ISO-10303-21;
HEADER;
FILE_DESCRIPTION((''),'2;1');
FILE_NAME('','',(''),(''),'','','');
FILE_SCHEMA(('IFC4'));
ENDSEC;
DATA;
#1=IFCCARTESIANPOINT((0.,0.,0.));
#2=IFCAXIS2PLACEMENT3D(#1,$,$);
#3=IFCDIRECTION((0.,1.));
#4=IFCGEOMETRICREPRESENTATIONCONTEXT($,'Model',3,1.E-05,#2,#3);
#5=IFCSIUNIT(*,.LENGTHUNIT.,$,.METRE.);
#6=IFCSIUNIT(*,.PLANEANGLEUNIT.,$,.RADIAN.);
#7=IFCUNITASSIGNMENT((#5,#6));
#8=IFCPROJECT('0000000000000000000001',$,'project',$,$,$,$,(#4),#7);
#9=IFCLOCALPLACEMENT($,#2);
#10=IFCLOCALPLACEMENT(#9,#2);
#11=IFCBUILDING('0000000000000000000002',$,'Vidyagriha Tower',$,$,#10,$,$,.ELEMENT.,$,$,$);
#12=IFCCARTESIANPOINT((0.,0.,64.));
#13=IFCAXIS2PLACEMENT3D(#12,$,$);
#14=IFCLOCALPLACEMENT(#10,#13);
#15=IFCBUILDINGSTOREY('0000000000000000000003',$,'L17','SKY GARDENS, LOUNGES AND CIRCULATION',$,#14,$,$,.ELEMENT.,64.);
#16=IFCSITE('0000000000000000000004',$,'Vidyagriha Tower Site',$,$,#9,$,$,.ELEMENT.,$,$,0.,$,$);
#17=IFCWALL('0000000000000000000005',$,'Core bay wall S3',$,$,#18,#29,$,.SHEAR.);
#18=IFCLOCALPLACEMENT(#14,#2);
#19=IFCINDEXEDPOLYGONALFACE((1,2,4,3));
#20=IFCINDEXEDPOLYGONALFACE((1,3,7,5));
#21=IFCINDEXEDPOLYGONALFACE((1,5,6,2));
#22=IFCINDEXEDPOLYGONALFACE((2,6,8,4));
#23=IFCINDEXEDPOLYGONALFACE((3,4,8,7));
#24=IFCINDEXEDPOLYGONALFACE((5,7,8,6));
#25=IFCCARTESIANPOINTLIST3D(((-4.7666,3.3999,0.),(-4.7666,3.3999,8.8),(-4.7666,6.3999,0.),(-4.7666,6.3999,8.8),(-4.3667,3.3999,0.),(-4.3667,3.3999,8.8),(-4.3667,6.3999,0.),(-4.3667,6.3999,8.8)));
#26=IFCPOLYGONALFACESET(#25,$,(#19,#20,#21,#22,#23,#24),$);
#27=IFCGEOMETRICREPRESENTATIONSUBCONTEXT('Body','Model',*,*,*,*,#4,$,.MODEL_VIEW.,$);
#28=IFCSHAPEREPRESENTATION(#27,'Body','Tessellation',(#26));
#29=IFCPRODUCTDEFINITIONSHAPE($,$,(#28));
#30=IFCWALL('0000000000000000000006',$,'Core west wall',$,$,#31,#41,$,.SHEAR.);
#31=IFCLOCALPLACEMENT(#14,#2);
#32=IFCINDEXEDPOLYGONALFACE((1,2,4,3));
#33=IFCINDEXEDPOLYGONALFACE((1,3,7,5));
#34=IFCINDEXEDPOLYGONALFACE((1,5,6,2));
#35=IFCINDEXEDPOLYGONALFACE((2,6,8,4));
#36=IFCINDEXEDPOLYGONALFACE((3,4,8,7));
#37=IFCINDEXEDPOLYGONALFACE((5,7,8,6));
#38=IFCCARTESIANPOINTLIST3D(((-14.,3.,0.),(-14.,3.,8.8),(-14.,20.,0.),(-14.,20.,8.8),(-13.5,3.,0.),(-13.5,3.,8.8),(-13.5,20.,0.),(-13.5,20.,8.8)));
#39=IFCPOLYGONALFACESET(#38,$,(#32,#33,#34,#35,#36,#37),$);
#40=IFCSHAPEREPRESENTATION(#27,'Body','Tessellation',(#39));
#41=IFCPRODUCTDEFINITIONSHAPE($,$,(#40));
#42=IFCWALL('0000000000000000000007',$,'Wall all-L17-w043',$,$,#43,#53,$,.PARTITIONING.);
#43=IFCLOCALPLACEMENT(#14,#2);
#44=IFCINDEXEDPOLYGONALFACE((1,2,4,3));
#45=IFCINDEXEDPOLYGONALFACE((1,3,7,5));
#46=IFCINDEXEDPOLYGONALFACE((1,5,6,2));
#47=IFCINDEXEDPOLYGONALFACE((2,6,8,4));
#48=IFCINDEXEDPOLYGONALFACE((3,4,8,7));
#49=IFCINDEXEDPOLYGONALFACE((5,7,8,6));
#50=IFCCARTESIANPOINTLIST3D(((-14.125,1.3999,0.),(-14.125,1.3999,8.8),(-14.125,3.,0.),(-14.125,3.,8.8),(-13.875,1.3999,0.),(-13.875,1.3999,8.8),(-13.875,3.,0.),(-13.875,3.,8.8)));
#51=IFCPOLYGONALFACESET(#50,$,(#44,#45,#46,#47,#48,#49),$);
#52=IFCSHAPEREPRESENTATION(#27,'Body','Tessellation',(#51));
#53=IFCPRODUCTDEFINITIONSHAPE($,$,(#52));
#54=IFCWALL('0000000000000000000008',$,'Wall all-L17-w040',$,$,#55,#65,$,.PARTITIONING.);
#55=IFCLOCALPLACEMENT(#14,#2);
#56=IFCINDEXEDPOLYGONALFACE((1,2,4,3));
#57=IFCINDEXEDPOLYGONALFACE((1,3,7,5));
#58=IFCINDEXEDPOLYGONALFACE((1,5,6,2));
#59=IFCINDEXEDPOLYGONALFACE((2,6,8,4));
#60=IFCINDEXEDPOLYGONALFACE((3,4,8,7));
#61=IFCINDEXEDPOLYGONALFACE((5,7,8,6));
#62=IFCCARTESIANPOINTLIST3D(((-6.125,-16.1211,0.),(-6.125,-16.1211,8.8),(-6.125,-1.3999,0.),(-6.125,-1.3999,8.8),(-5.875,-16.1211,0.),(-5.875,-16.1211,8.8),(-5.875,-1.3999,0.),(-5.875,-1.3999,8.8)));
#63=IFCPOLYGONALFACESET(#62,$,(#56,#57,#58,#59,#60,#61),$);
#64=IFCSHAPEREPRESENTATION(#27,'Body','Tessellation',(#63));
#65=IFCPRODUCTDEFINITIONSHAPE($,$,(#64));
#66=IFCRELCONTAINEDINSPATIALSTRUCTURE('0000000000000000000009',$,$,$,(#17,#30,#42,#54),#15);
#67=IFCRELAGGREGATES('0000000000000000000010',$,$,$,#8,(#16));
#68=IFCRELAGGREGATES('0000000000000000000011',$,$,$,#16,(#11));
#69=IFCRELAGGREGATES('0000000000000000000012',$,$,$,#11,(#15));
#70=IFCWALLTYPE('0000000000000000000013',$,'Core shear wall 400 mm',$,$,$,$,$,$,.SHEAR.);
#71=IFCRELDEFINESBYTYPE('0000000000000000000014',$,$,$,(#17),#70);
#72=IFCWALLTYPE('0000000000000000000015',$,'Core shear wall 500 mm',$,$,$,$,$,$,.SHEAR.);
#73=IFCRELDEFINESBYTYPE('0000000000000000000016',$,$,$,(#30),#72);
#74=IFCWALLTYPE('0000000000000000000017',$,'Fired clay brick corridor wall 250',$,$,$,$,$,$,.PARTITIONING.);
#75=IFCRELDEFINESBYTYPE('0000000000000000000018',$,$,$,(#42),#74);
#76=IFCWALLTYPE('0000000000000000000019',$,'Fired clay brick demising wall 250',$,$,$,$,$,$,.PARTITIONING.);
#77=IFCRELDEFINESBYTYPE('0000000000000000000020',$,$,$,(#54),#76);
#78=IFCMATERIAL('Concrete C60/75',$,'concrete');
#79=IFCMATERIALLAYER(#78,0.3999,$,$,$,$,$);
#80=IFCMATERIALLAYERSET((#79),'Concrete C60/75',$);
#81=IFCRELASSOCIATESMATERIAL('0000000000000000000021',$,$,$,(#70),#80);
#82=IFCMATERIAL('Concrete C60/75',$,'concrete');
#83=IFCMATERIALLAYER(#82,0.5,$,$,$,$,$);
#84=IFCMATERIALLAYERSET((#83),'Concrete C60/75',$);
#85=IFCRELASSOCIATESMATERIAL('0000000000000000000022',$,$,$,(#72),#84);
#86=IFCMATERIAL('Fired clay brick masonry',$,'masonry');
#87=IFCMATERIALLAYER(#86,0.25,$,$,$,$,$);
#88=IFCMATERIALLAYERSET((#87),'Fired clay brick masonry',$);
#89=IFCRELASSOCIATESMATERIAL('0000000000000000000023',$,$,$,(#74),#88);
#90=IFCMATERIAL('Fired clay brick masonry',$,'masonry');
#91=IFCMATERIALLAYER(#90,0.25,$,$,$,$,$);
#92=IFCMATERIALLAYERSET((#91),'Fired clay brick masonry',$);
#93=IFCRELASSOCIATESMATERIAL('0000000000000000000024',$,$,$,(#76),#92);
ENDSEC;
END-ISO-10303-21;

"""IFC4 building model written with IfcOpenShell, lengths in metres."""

from ifc_helpers import new_model, si_unit, direction, frame, frame_2d, origin, place, context, subcontext, project, spatial, rectangle, extrude, material, layer, layer_set, type_object, element, save


model = new_model("IFC4")

# Units and contexts
model_context = context("Model", 3, precision=1e-05, world=origin(), true_north=direction((0.0, 1.0)))
body_context = subcontext(model_context, "Body", "Model", "MODEL_VIEW")
ifc_project = project(units=[si_unit("LENGTHUNIT", "METRE"), si_unit("PLANEANGLEUNIT", "RADIAN")], contexts=[model_context])

# Site, building, storey
site_placement = place(None, origin())
site = spatial("IfcSite", under=ifc_project, at=site_placement, Name="Vidyagriha Tower Site", CompositionType="ELEMENT", RefElevation=0.0)
building_placement = place(site_placement, origin())
building = spatial("IfcBuilding", under=site, at=building_placement, Name="Vidyagriha Tower", CompositionType="ELEMENT")
storey_placement = place(building_placement, frame((0.0, 0.0, 64.0)))
storey = spatial("IfcBuildingStorey", under=building, at=storey_placement, Name="L17", Description="SKY GARDENS, LOUNGES AND CIRCULATION", CompositionType="ELEMENT", Elevation=64.0)

# Shared definitions
ifc_material_1 = material(Name="Concrete C60/75", Category="concrete")
ifc_layer_1 = layer(ifc_material_1, 0.3999)
ifc_layer_set_1 = layer_set([ifc_layer_1], Name="Concrete C60/75")
wall_type_1 = type_object("IfcWallType", Name="Core shear wall 400 mm", PredefinedType="SHEAR", material=ifc_layer_set_1)

# Walls
for number, where, z_axis, x_axis, name in (
    (1, (-4.5667, 3.3999, 0.0), (0.0, 0.0, 1.0), (0.0, 1.0, 0.0), "Core bay wall S3"),
):
    element("IfcWall", number, at=place(storey_placement, frame(where, z_axis=z_axis, x_axis=x_axis)), inside=storey, type_object=wall_type_1, Name=name, PredefinedType="SHEAR", context=body_context, shape_type="SweptSolid", body=[
        extrude(rectangle(XDim=3.0, YDim=0.3999, at=frame_2d((1.5, 0.0))), origin(), (0.0, 0.0, 1.0), 8.8),
    ])
ifc_material_2 = material(Name="Concrete C60/75", Category="concrete")
ifc_layer_2 = layer(ifc_material_2, 0.5)
ifc_layer_set_2 = layer_set([ifc_layer_2], Name="Concrete C60/75")
wall_type_2 = type_object("IfcWallType", Name="Core shear wall 500 mm", PredefinedType="SHEAR", material=ifc_layer_set_2)
wall_1_placement = place(storey_placement, frame((-13.75, 3.0, 0.0), z_axis=(0.0, 0.0, 1.0), x_axis=(0.0, 1.0, 0.0)))
element("IfcWall", 2, at=wall_1_placement, inside=storey, type_object=wall_type_2, Name="Core west wall", PredefinedType="SHEAR", context=body_context, shape_type="SweptSolid", body=[
    extrude(rectangle(XDim=17.0, YDim=0.5, at=frame_2d((8.5, 0.0))), origin(), (0.0, 0.0, 1.0), 8.8),
])
ifc_material_3 = material(Name="Fired clay brick masonry", Category="masonry")
ifc_layer_3 = layer(ifc_material_3, 0.25)
ifc_layer_set_3 = layer_set([ifc_layer_3], Name="Fired clay brick masonry")
wall_type_3 = type_object("IfcWallType", Name="Fired clay brick corridor wall 250", PredefinedType="PARTITIONING", material=ifc_layer_set_3)
wall_2_placement = place(storey_placement, frame((-14.0, 3.0, 0.0), z_axis=(0.0, 0.0, 1.0), x_axis=(0.0, -1.0, 0.0)))
element("IfcWall", 3, at=wall_2_placement, inside=storey, type_object=wall_type_3, Name="Wall all-L17-w043", PredefinedType="PARTITIONING", context=body_context, shape_type="SweptSolid", body=[
    extrude(rectangle(XDim=1.6001, YDim=0.25, at=frame_2d((0.8, 0.0))), origin(), (0.0, 0.0, 1.0), 8.8),
])
ifc_material_4 = material(Name="Fired clay brick masonry", Category="masonry")
ifc_layer_4 = layer(ifc_material_4, 0.25)
ifc_layer_set_4 = layer_set([ifc_layer_4], Name="Fired clay brick masonry")
wall_type_4 = type_object("IfcWallType", Name="Fired clay brick demising wall 250", PredefinedType="PARTITIONING", material=ifc_layer_set_4)
wall_3_placement = place(storey_placement, frame((-6.0, -1.3999, 0.0), z_axis=(0.0, 0.0, 1.0), x_axis=(0.0, -1.0, 0.0)))
element("IfcWall", 4, at=wall_3_placement, inside=storey, type_object=wall_type_4, Name="Wall all-L17-w040", PredefinedType="PARTITIONING", context=body_context, shape_type="SweptSolid", body=[
    extrude(rectangle(XDim=14.7212, YDim=0.25, at=frame_2d((7.3606, 0.0))), origin(), (0.0, 0.0, 1.0), 8.8),
])

save(model, "model.ifc")
